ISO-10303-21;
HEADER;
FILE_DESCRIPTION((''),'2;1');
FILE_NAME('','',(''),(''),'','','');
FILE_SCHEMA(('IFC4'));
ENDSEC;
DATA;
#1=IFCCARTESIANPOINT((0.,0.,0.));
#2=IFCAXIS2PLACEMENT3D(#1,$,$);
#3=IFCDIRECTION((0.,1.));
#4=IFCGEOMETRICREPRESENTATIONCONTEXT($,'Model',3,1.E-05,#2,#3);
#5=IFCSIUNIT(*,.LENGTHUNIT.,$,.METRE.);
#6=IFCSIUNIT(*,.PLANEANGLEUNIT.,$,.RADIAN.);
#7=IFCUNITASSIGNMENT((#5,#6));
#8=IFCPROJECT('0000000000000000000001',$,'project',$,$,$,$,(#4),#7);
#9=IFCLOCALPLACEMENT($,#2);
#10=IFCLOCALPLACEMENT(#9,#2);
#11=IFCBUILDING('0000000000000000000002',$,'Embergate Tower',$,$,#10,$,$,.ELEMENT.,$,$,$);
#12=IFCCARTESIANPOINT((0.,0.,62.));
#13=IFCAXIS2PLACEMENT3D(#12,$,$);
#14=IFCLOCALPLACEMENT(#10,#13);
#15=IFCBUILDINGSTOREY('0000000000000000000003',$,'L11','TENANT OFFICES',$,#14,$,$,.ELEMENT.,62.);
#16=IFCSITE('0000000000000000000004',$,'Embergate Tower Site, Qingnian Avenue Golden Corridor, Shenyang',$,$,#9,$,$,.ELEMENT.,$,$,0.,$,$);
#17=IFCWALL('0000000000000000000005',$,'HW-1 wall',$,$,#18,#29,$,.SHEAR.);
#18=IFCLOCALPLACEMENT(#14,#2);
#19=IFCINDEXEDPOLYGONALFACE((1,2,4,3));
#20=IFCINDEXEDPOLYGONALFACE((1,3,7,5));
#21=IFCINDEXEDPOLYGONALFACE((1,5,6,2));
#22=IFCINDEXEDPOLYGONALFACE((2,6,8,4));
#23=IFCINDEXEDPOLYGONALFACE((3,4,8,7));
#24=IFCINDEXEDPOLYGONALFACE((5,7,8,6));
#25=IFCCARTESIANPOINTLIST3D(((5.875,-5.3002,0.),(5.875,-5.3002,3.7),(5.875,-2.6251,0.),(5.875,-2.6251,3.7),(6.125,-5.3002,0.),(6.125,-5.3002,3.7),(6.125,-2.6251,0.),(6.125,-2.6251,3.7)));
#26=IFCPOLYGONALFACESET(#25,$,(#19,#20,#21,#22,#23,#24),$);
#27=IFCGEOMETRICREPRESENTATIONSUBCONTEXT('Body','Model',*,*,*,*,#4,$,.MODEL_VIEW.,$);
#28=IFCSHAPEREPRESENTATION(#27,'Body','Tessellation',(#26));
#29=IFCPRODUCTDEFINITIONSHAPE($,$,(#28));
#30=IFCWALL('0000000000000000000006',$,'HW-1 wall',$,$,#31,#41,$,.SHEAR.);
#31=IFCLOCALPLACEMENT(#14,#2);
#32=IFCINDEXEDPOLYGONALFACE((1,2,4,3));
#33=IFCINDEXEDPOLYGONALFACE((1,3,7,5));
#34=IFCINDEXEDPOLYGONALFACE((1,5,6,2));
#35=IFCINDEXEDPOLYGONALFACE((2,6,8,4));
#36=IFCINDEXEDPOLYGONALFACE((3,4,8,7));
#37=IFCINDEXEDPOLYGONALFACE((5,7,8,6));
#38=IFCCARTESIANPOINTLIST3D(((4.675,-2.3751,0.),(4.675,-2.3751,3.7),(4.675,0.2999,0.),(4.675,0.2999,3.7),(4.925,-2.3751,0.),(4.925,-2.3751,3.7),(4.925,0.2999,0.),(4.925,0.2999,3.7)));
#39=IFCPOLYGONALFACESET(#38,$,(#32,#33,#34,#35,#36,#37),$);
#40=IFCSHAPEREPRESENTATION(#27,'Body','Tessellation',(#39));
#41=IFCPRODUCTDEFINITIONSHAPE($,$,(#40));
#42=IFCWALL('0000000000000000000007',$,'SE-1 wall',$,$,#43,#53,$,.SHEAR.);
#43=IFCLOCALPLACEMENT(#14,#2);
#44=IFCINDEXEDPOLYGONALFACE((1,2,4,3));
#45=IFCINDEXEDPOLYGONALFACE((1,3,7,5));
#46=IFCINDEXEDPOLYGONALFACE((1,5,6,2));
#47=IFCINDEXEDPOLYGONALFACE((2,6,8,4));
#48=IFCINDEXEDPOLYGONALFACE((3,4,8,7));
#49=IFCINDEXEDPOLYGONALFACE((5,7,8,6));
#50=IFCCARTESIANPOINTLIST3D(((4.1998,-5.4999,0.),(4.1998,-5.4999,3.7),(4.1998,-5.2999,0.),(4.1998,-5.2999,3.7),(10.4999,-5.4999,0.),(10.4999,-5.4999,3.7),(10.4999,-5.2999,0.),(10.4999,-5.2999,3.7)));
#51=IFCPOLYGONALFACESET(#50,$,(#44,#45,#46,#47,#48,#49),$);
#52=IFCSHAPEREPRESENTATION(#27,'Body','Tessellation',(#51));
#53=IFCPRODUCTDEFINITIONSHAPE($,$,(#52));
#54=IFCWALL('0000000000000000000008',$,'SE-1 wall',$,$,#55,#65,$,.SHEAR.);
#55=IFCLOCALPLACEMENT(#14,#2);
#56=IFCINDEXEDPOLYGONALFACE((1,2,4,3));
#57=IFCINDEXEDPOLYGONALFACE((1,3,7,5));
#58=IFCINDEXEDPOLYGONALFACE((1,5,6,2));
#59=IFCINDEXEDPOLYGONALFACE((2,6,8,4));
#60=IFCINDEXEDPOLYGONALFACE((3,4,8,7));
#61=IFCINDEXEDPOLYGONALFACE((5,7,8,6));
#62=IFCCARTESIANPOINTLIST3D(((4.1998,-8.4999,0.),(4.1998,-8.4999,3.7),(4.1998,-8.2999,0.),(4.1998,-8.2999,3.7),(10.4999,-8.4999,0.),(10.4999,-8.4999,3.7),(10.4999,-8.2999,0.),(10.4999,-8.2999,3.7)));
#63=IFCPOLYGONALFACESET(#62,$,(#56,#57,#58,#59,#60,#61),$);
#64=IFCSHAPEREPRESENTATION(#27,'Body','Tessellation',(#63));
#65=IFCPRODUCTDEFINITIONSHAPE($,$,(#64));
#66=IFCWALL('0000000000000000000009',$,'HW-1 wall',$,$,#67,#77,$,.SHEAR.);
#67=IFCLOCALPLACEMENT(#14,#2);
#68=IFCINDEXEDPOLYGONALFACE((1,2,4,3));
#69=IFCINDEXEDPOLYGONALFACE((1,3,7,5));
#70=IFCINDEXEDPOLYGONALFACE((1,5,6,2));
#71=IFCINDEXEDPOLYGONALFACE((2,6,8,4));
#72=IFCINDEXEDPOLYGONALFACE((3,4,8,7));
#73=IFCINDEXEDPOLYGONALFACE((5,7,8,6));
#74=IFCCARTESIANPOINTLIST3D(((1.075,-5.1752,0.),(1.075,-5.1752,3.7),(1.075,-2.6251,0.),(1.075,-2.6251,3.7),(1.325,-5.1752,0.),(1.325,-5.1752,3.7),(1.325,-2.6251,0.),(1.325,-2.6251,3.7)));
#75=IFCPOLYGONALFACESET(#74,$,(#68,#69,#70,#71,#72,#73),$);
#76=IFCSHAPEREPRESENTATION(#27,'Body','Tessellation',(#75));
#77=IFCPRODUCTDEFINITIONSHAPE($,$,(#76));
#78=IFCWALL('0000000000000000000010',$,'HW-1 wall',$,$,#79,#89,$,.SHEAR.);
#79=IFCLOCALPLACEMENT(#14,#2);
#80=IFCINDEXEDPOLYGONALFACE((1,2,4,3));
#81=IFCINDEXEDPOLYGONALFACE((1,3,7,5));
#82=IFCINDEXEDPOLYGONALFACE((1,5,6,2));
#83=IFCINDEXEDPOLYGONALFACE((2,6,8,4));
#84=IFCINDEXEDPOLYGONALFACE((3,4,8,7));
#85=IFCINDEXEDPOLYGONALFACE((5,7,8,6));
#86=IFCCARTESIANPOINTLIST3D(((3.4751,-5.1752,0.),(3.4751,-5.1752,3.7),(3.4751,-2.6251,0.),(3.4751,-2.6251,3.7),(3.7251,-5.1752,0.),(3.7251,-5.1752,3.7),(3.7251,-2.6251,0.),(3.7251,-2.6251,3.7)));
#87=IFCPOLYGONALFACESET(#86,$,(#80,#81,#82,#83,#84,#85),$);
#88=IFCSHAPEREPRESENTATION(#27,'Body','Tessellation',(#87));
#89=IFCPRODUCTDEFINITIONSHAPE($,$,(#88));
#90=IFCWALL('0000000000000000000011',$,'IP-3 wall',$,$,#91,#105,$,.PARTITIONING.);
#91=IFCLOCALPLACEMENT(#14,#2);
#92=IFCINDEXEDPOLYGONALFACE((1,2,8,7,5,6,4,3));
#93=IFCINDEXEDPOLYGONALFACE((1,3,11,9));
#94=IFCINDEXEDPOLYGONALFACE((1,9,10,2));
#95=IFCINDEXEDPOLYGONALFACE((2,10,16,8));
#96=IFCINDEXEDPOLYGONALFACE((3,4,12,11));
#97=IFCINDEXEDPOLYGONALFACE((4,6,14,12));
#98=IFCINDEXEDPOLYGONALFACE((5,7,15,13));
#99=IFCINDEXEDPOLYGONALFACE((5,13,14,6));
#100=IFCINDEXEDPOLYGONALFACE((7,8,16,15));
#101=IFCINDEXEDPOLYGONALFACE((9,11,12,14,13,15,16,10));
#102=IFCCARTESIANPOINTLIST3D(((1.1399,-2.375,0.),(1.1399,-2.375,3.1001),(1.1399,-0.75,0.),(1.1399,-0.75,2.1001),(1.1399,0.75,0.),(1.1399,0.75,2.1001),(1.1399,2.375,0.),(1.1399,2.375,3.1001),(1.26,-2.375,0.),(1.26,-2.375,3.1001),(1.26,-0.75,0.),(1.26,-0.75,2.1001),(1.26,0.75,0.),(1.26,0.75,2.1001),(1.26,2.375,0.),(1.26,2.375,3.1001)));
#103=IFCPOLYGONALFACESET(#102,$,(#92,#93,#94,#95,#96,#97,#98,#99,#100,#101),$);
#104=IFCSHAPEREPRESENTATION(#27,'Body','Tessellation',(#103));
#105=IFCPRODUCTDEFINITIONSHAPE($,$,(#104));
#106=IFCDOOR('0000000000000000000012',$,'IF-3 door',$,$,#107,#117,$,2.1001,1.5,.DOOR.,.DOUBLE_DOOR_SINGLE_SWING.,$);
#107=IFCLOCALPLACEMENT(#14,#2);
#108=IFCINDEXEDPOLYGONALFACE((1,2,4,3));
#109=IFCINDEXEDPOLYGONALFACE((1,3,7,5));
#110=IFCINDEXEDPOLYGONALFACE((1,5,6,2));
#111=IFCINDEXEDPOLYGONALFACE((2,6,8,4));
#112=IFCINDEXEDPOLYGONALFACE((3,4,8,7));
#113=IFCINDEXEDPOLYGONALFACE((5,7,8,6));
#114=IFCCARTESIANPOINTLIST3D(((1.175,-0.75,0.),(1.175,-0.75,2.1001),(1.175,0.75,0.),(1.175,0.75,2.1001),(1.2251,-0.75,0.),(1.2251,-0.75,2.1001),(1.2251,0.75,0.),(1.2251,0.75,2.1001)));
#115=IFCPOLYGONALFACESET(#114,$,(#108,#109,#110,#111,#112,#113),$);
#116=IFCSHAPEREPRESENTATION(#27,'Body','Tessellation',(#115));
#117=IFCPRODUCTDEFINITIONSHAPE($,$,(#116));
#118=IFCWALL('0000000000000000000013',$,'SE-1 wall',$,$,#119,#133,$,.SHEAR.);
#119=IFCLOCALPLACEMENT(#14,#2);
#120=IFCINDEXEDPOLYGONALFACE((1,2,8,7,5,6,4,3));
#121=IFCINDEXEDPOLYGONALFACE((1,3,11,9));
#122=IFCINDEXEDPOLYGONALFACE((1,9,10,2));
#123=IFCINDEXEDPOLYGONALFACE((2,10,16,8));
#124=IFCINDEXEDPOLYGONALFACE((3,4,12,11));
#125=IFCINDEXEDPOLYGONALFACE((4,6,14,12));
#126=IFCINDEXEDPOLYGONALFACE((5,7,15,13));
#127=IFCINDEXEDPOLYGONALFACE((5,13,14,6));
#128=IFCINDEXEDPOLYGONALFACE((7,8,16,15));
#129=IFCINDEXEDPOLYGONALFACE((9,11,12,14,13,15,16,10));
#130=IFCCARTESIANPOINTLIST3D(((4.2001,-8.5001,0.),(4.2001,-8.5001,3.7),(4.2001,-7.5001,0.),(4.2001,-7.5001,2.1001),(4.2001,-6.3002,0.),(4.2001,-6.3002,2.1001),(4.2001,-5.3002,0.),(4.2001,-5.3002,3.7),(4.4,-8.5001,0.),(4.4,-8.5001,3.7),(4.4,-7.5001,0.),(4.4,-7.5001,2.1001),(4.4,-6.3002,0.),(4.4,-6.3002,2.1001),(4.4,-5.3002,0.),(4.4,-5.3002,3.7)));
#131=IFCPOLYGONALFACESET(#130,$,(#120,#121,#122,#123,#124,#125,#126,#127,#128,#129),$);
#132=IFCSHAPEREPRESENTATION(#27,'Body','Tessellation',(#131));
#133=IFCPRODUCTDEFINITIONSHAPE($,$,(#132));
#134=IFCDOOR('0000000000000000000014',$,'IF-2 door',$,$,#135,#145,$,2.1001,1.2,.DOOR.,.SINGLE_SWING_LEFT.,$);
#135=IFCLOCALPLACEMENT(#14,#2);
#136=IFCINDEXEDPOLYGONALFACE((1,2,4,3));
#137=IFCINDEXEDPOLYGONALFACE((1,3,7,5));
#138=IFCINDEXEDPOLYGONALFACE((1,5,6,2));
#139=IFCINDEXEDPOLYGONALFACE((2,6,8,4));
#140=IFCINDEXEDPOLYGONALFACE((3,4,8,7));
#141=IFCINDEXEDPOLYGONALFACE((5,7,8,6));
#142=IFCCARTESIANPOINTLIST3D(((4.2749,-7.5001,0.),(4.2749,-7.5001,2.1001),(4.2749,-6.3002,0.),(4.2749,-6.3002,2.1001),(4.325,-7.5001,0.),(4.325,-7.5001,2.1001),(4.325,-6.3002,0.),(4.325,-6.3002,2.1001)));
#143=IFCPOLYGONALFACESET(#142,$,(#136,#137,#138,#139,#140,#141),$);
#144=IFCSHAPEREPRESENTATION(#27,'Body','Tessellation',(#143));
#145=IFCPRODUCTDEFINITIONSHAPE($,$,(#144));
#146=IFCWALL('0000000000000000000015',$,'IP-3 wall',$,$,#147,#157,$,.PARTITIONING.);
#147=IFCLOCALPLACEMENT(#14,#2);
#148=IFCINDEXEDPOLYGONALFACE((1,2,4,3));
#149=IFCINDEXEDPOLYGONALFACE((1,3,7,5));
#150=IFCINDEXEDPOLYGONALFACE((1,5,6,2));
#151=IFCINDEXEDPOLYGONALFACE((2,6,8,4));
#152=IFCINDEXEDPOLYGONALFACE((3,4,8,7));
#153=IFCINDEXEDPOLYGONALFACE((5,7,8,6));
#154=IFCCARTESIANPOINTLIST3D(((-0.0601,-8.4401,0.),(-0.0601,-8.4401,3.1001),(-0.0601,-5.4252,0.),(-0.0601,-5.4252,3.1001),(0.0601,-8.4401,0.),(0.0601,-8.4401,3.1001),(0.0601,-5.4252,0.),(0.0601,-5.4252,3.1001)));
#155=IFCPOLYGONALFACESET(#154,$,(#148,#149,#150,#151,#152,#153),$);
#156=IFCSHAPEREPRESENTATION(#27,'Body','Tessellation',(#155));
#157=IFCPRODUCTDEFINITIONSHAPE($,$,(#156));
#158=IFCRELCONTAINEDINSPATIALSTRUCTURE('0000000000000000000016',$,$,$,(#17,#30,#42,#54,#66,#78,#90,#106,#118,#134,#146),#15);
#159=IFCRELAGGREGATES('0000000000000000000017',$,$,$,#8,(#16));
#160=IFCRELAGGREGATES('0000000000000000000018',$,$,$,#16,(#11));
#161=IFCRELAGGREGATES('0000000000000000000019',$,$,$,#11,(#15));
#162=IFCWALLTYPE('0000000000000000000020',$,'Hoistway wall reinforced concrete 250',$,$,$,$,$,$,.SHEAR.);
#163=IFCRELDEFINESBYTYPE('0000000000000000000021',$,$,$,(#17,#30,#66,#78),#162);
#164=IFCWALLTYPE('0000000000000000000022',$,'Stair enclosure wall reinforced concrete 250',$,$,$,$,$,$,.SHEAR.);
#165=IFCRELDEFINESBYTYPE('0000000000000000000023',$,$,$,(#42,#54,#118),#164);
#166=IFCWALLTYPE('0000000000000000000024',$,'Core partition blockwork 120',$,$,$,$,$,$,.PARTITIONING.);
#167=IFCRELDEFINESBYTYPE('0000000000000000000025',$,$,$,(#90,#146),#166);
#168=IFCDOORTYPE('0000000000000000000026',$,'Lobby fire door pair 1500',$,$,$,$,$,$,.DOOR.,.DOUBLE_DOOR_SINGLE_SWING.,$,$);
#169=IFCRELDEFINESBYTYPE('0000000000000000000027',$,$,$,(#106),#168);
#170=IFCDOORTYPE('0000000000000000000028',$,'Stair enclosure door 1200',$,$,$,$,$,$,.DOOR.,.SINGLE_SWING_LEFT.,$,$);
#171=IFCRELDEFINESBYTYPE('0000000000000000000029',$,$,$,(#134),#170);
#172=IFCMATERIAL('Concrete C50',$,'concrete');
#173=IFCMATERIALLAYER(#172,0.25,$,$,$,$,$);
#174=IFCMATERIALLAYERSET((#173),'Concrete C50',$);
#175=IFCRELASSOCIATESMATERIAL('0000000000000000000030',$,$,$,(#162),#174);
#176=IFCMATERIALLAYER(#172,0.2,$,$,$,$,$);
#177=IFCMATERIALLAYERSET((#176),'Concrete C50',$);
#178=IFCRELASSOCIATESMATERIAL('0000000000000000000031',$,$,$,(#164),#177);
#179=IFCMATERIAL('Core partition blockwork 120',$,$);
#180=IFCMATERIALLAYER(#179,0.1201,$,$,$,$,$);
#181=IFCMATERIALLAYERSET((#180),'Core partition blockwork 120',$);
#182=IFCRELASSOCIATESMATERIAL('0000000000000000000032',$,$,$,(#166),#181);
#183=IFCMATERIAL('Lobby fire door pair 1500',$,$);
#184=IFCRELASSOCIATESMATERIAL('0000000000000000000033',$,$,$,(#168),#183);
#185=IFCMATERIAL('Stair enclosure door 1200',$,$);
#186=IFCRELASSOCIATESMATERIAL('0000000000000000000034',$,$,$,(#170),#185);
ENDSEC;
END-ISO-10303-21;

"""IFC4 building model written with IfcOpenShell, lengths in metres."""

from ifc_helpers import new_model, si_unit, direction, frame, frame_2d, origin, place, context, subcontext, project, spatial, rectangle, extrude, source, transform, mapped, material, layer, layer_set, type_object, element, fill, save


model = new_model("IFC4")

# Units and contexts
model_context = context("Model", 3, precision=1e-05, world=origin(), true_north=direction((0.0, 1.0)))
body_context = subcontext(model_context, "Body", "Model", "MODEL_VIEW")
ifc_project = project(units=[si_unit("LENGTHUNIT", "METRE"), si_unit("PLANEANGLEUNIT", "RADIAN")], contexts=[model_context])

# Site, building, storey
site_placement = place(None, origin())
site = spatial("IfcSite", under=ifc_project, at=site_placement, Name="Embergate Tower Site, Qingnian Avenue Golden Corridor, Shenyang", CompositionType="ELEMENT", RefElevation=0.0)
building_placement = place(site_placement, origin())
building = spatial("IfcBuilding", under=site, at=building_placement, Name="Embergate Tower", CompositionType="ELEMENT")
storey_placement = place(building_placement, frame((0.0, 0.0, 62.0)))
storey = spatial("IfcBuildingStorey", under=building, at=storey_placement, Name="L11", Description="TENANT OFFICES", CompositionType="ELEMENT", Elevation=62.0)

# Walls
ifc_material_1 = material(Name="Concrete C50", Category="concrete")
ifc_layer_1 = layer(ifc_material_1, 0.25)
ifc_layer_set_1 = layer_set([ifc_layer_1], Name="Concrete C50")
wall_type_1 = type_object("IfcWallType", Name="Hoistway wall reinforced concrete 250", PredefinedType="SHEAR", material=ifc_layer_set_1)
shared_shape_1 = source(origin(), body_context, "Body", "SweptSolid", [
    extrude(rectangle(XDim=2.675, YDim=0.25, at=frame_2d((1.3374, 0.0))), origin(), (0.0, 0.0, 1.0), 3.7),
])
for number, where, z_axis, x_axis, name in (
    (1, (6.0, -5.3, 0.0), (0.0, 0.0, 1.0), (0.0, 1.0, 0.0), "HW-1 wall"),
    (2, (4.8, -2.375, 0.0), (0.0, 0.0, 1.0), (0.0, 1.0, 0.0), "HW-1 wall"),
):
    element("IfcWall", number, at=place(storey_placement, frame(where, z_axis=z_axis, x_axis=x_axis)), inside=storey, type_object=wall_type_1, Name=name, PredefinedType="SHEAR", context=body_context, shape_type="MappedRepresentation", body=[
        mapped(shared_shape_1, transform((0.0, 0.0, 0.0))),
    ])
ifc_layer_2 = layer(ifc_material_1, 0.2)
ifc_layer_set_2 = layer_set([ifc_layer_2], Name="Concrete C50")
wall_type_2 = type_object("IfcWallType", Name="Stair enclosure wall reinforced concrete 250", PredefinedType="SHEAR", material=ifc_layer_set_2)
shared_shape_2 = source(origin(), body_context, "Body", "SweptSolid", [
    extrude(rectangle(XDim=6.3, YDim=0.2, at=frame_2d((3.1499, 0.0))), origin(), (0.0, 0.0, 1.0), 3.7),
])
for number, where, z_axis, x_axis, name in (
    (3, (4.2, -5.3999, 0.0), (0.0, 0.0, 1.0), (1.0, 0.0, 0.0), "SE-1 wall"),
    (4, (4.2, -8.3999, 0.0), (0.0, 0.0, 1.0), (1.0, 0.0, 0.0), "SE-1 wall"),
):
    element("IfcWall", number, at=place(storey_placement, frame(where, z_axis=z_axis, x_axis=x_axis)), inside=storey, type_object=wall_type_2, Name=name, PredefinedType="SHEAR", context=body_context, shape_type="MappedRepresentation", body=[
        mapped(shared_shape_2, transform((0.0, 0.0, 0.0))),
    ])
shared_shape_3 = source(origin(), body_context, "Body", "SweptSolid", [
    extrude(rectangle(XDim=2.55, YDim=0.25, at=frame_2d((1.2749, 0.0))), origin(), (0.0, 0.0, 1.0), 3.7),
])
for number, where, z_axis, x_axis, name in (
    (5, (1.2, -5.175, 0.0), (0.0, 0.0, 1.0), (0.0, 1.0, 0.0), "HW-1 wall"),
    (6, (3.6001, -5.175, 0.0), (0.0, 0.0, 1.0), (0.0, 1.0, 0.0), "HW-1 wall"),
):
    element("IfcWall", number, at=place(storey_placement, frame(where, z_axis=z_axis, x_axis=x_axis)), inside=storey, type_object=wall_type_1, Name=name, PredefinedType="SHEAR", context=body_context, shape_type="MappedRepresentation", body=[
        mapped(shared_shape_3, transform((0.0, 0.0, 0.0))),
    ])

# Walls, openings, doors
ifc_material_2 = material(Name="Core partition blockwork 120")
ifc_layer_3 = layer(ifc_material_2, 0.1201)
ifc_layer_set_3 = layer_set([ifc_layer_3], Name="Core partition blockwork 120")
wall_type_3 = type_object("IfcWallType", Name="Core partition blockwork 120", PredefinedType="PARTITIONING", material=ifc_layer_set_3)
shared_shape_4 = source(origin(), body_context, "Body", "SweptSolid", [
    extrude(rectangle(XDim=4.75, YDim=0.1201, at=frame_2d((2.375, 0.0))), origin(), (0.0, 0.0, 1.0), 3.1001),
])
wall_1_placement = place(storey_placement, frame((1.2, -2.375, 0.0), z_axis=(0.0, 0.0, 1.0), x_axis=(0.0, 1.0, 0.0)))
wall_1 = element("IfcWall", 7, at=wall_1_placement, inside=storey, type_object=wall_type_3, Name="IP-3 wall", PredefinedType="PARTITIONING", context=body_context, shape_type="MappedRepresentation", body=[
    mapped(shared_shape_4, transform((0.0, 0.0, 0.0))),
])
shared_shape_5 = source(origin(), body_context, "Body", "SweptSolid", [
    extrude(rectangle(XDim=1.5, YDim=2.1001, at=frame_2d((0.75, 1.05))), frame((0.0, 0.0701, 0.0), z_axis=(0.0, -1.0, 0.0), x_axis=(1.0, 0.0, 0.0)), (0.0, 0.0, 1.0), 0.1401),
])
opening_1_placement = place(wall_1_placement, frame((1.625, 0.0, 0.0)))
opening_1 = element("IfcOpeningElement", 8, at=opening_1_placement, cuts=wall_1, PredefinedType="OPENING", context=body_context, shape_type="MappedRepresentation", body=[
    mapped(shared_shape_5, transform((0.0, 0.0, 0.0))),
])
ifc_material_3 = material(Name="Lobby fire door pair 1500")
door_type_1 = type_object("IfcDoorType", Name="Lobby fire door pair 1500", OperationType="DOUBLE_DOOR_SINGLE_SWING", PredefinedType="DOOR", material=ifc_material_3)
shared_shape_6 = source(origin(), body_context, "Body", "SweptSolid", [
    extrude(rectangle(XDim=1.5, YDim=2.1001, at=frame_2d((0.75, 1.05))), frame((0.0, 0.0249, 0.0), z_axis=(0.0, -1.0, 0.0), x_axis=(1.0, 0.0, 0.0)), (0.0, 0.0, 1.0), 0.05),
])
door_1_placement = place(opening_1_placement, origin())
door_1 = element("IfcDoor", 9, at=door_1_placement, inside=storey, type_object=door_type_1, Name="IF-3 door", OperationType="DOUBLE_DOOR_SINGLE_SWING", OverallHeight=2.1001, OverallWidth=1.5, PredefinedType="DOOR", context=body_context, shape_type="MappedRepresentation", body=[
    mapped(shared_shape_6, transform((0.0, 0.0, 0.0))),
])
fill(opening_1, door_1)
shared_shape_7 = source(origin(), body_context, "Body", "SweptSolid", [
    extrude(rectangle(XDim=3.2, YDim=0.2, at=frame_2d((1.6001, 0.0))), origin(), (0.0, 0.0, 1.0), 3.7),
])
wall_2_placement = place(storey_placement, frame((4.3, -5.3, 0.0), z_axis=(0.0, 0.0, 1.0), x_axis=(0.0, -1.0, 0.0)))
wall_2 = element("IfcWall", 10, at=wall_2_placement, inside=storey, type_object=wall_type_2, Name="SE-1 wall", PredefinedType="SHEAR", context=body_context, shape_type="MappedRepresentation", body=[
    mapped(shared_shape_7, transform((0.0, 0.0, 0.0))),
])
shared_shape_8 = source(origin(), body_context, "Body", "SweptSolid", [
    extrude(rectangle(XDim=1.2, YDim=2.1001, at=frame_2d((0.6001, 1.05))), frame((0.0, 0.1099, 0.0), z_axis=(0.0, -1.0, 0.0), x_axis=(1.0, 0.0, 0.0)), (0.0, 0.0, 1.0), 0.22),
])
opening_2_placement = place(wall_2_placement, frame((1.0, 0.0, 0.0)))
opening_2 = element("IfcOpeningElement", 11, at=opening_2_placement, cuts=wall_2, PredefinedType="OPENING", context=body_context, shape_type="MappedRepresentation", body=[
    mapped(shared_shape_8, transform((0.0, 0.0, 0.0))),
])
ifc_material_4 = material(Name="Stair enclosure door 1200")
door_type_2 = type_object("IfcDoorType", Name="Stair enclosure door 1200", OperationType="SINGLE_SWING_LEFT", PredefinedType="DOOR", material=ifc_material_4)
shared_shape_9 = source(origin(), body_context, "Body", "SweptSolid", [
    extrude(rectangle(XDim=1.2, YDim=2.1001, at=frame_2d((0.6001, 1.05))), frame((0.0, 0.0249, 0.0), z_axis=(0.0, -1.0, 0.0), x_axis=(1.0, 0.0, 0.0)), (0.0, 0.0, 1.0), 0.05),
])
door_2_placement = place(opening_2_placement, origin())
door_2 = element("IfcDoor", 12, at=door_2_placement, inside=storey, type_object=door_type_2, Name="IF-2 door", OperationType="SINGLE_SWING_LEFT", OverallHeight=2.1001, OverallWidth=1.2, PredefinedType="DOOR", context=body_context, shape_type="MappedRepresentation", body=[
    mapped(shared_shape_9, transform((0.0, 0.0, 0.0))),
])
fill(opening_2, door_2)

# Wall
shared_shape_10 = source(origin(), body_context, "Body", "SweptSolid", [
    extrude(rectangle(XDim=3.0149, YDim=0.1201, at=frame_2d((1.5073, 0.0))), origin(), (0.0, 0.0, 1.0), 3.1001),
])
wall_3_placement = place(storey_placement, frame((0.0, -8.4399, 0.0), z_axis=(0.0, 0.0, 1.0), x_axis=(0.0, 1.0, 0.0)))
element("IfcWall", 13, at=wall_3_placement, inside=storey, type_object=wall_type_3, Name="IP-3 wall", PredefinedType="PARTITIONING", context=body_context, shape_type="MappedRepresentation", body=[
    mapped(shared_shape_10, transform((0.0, 0.0, 0.0))),
])

save(model, "model.ifc")
